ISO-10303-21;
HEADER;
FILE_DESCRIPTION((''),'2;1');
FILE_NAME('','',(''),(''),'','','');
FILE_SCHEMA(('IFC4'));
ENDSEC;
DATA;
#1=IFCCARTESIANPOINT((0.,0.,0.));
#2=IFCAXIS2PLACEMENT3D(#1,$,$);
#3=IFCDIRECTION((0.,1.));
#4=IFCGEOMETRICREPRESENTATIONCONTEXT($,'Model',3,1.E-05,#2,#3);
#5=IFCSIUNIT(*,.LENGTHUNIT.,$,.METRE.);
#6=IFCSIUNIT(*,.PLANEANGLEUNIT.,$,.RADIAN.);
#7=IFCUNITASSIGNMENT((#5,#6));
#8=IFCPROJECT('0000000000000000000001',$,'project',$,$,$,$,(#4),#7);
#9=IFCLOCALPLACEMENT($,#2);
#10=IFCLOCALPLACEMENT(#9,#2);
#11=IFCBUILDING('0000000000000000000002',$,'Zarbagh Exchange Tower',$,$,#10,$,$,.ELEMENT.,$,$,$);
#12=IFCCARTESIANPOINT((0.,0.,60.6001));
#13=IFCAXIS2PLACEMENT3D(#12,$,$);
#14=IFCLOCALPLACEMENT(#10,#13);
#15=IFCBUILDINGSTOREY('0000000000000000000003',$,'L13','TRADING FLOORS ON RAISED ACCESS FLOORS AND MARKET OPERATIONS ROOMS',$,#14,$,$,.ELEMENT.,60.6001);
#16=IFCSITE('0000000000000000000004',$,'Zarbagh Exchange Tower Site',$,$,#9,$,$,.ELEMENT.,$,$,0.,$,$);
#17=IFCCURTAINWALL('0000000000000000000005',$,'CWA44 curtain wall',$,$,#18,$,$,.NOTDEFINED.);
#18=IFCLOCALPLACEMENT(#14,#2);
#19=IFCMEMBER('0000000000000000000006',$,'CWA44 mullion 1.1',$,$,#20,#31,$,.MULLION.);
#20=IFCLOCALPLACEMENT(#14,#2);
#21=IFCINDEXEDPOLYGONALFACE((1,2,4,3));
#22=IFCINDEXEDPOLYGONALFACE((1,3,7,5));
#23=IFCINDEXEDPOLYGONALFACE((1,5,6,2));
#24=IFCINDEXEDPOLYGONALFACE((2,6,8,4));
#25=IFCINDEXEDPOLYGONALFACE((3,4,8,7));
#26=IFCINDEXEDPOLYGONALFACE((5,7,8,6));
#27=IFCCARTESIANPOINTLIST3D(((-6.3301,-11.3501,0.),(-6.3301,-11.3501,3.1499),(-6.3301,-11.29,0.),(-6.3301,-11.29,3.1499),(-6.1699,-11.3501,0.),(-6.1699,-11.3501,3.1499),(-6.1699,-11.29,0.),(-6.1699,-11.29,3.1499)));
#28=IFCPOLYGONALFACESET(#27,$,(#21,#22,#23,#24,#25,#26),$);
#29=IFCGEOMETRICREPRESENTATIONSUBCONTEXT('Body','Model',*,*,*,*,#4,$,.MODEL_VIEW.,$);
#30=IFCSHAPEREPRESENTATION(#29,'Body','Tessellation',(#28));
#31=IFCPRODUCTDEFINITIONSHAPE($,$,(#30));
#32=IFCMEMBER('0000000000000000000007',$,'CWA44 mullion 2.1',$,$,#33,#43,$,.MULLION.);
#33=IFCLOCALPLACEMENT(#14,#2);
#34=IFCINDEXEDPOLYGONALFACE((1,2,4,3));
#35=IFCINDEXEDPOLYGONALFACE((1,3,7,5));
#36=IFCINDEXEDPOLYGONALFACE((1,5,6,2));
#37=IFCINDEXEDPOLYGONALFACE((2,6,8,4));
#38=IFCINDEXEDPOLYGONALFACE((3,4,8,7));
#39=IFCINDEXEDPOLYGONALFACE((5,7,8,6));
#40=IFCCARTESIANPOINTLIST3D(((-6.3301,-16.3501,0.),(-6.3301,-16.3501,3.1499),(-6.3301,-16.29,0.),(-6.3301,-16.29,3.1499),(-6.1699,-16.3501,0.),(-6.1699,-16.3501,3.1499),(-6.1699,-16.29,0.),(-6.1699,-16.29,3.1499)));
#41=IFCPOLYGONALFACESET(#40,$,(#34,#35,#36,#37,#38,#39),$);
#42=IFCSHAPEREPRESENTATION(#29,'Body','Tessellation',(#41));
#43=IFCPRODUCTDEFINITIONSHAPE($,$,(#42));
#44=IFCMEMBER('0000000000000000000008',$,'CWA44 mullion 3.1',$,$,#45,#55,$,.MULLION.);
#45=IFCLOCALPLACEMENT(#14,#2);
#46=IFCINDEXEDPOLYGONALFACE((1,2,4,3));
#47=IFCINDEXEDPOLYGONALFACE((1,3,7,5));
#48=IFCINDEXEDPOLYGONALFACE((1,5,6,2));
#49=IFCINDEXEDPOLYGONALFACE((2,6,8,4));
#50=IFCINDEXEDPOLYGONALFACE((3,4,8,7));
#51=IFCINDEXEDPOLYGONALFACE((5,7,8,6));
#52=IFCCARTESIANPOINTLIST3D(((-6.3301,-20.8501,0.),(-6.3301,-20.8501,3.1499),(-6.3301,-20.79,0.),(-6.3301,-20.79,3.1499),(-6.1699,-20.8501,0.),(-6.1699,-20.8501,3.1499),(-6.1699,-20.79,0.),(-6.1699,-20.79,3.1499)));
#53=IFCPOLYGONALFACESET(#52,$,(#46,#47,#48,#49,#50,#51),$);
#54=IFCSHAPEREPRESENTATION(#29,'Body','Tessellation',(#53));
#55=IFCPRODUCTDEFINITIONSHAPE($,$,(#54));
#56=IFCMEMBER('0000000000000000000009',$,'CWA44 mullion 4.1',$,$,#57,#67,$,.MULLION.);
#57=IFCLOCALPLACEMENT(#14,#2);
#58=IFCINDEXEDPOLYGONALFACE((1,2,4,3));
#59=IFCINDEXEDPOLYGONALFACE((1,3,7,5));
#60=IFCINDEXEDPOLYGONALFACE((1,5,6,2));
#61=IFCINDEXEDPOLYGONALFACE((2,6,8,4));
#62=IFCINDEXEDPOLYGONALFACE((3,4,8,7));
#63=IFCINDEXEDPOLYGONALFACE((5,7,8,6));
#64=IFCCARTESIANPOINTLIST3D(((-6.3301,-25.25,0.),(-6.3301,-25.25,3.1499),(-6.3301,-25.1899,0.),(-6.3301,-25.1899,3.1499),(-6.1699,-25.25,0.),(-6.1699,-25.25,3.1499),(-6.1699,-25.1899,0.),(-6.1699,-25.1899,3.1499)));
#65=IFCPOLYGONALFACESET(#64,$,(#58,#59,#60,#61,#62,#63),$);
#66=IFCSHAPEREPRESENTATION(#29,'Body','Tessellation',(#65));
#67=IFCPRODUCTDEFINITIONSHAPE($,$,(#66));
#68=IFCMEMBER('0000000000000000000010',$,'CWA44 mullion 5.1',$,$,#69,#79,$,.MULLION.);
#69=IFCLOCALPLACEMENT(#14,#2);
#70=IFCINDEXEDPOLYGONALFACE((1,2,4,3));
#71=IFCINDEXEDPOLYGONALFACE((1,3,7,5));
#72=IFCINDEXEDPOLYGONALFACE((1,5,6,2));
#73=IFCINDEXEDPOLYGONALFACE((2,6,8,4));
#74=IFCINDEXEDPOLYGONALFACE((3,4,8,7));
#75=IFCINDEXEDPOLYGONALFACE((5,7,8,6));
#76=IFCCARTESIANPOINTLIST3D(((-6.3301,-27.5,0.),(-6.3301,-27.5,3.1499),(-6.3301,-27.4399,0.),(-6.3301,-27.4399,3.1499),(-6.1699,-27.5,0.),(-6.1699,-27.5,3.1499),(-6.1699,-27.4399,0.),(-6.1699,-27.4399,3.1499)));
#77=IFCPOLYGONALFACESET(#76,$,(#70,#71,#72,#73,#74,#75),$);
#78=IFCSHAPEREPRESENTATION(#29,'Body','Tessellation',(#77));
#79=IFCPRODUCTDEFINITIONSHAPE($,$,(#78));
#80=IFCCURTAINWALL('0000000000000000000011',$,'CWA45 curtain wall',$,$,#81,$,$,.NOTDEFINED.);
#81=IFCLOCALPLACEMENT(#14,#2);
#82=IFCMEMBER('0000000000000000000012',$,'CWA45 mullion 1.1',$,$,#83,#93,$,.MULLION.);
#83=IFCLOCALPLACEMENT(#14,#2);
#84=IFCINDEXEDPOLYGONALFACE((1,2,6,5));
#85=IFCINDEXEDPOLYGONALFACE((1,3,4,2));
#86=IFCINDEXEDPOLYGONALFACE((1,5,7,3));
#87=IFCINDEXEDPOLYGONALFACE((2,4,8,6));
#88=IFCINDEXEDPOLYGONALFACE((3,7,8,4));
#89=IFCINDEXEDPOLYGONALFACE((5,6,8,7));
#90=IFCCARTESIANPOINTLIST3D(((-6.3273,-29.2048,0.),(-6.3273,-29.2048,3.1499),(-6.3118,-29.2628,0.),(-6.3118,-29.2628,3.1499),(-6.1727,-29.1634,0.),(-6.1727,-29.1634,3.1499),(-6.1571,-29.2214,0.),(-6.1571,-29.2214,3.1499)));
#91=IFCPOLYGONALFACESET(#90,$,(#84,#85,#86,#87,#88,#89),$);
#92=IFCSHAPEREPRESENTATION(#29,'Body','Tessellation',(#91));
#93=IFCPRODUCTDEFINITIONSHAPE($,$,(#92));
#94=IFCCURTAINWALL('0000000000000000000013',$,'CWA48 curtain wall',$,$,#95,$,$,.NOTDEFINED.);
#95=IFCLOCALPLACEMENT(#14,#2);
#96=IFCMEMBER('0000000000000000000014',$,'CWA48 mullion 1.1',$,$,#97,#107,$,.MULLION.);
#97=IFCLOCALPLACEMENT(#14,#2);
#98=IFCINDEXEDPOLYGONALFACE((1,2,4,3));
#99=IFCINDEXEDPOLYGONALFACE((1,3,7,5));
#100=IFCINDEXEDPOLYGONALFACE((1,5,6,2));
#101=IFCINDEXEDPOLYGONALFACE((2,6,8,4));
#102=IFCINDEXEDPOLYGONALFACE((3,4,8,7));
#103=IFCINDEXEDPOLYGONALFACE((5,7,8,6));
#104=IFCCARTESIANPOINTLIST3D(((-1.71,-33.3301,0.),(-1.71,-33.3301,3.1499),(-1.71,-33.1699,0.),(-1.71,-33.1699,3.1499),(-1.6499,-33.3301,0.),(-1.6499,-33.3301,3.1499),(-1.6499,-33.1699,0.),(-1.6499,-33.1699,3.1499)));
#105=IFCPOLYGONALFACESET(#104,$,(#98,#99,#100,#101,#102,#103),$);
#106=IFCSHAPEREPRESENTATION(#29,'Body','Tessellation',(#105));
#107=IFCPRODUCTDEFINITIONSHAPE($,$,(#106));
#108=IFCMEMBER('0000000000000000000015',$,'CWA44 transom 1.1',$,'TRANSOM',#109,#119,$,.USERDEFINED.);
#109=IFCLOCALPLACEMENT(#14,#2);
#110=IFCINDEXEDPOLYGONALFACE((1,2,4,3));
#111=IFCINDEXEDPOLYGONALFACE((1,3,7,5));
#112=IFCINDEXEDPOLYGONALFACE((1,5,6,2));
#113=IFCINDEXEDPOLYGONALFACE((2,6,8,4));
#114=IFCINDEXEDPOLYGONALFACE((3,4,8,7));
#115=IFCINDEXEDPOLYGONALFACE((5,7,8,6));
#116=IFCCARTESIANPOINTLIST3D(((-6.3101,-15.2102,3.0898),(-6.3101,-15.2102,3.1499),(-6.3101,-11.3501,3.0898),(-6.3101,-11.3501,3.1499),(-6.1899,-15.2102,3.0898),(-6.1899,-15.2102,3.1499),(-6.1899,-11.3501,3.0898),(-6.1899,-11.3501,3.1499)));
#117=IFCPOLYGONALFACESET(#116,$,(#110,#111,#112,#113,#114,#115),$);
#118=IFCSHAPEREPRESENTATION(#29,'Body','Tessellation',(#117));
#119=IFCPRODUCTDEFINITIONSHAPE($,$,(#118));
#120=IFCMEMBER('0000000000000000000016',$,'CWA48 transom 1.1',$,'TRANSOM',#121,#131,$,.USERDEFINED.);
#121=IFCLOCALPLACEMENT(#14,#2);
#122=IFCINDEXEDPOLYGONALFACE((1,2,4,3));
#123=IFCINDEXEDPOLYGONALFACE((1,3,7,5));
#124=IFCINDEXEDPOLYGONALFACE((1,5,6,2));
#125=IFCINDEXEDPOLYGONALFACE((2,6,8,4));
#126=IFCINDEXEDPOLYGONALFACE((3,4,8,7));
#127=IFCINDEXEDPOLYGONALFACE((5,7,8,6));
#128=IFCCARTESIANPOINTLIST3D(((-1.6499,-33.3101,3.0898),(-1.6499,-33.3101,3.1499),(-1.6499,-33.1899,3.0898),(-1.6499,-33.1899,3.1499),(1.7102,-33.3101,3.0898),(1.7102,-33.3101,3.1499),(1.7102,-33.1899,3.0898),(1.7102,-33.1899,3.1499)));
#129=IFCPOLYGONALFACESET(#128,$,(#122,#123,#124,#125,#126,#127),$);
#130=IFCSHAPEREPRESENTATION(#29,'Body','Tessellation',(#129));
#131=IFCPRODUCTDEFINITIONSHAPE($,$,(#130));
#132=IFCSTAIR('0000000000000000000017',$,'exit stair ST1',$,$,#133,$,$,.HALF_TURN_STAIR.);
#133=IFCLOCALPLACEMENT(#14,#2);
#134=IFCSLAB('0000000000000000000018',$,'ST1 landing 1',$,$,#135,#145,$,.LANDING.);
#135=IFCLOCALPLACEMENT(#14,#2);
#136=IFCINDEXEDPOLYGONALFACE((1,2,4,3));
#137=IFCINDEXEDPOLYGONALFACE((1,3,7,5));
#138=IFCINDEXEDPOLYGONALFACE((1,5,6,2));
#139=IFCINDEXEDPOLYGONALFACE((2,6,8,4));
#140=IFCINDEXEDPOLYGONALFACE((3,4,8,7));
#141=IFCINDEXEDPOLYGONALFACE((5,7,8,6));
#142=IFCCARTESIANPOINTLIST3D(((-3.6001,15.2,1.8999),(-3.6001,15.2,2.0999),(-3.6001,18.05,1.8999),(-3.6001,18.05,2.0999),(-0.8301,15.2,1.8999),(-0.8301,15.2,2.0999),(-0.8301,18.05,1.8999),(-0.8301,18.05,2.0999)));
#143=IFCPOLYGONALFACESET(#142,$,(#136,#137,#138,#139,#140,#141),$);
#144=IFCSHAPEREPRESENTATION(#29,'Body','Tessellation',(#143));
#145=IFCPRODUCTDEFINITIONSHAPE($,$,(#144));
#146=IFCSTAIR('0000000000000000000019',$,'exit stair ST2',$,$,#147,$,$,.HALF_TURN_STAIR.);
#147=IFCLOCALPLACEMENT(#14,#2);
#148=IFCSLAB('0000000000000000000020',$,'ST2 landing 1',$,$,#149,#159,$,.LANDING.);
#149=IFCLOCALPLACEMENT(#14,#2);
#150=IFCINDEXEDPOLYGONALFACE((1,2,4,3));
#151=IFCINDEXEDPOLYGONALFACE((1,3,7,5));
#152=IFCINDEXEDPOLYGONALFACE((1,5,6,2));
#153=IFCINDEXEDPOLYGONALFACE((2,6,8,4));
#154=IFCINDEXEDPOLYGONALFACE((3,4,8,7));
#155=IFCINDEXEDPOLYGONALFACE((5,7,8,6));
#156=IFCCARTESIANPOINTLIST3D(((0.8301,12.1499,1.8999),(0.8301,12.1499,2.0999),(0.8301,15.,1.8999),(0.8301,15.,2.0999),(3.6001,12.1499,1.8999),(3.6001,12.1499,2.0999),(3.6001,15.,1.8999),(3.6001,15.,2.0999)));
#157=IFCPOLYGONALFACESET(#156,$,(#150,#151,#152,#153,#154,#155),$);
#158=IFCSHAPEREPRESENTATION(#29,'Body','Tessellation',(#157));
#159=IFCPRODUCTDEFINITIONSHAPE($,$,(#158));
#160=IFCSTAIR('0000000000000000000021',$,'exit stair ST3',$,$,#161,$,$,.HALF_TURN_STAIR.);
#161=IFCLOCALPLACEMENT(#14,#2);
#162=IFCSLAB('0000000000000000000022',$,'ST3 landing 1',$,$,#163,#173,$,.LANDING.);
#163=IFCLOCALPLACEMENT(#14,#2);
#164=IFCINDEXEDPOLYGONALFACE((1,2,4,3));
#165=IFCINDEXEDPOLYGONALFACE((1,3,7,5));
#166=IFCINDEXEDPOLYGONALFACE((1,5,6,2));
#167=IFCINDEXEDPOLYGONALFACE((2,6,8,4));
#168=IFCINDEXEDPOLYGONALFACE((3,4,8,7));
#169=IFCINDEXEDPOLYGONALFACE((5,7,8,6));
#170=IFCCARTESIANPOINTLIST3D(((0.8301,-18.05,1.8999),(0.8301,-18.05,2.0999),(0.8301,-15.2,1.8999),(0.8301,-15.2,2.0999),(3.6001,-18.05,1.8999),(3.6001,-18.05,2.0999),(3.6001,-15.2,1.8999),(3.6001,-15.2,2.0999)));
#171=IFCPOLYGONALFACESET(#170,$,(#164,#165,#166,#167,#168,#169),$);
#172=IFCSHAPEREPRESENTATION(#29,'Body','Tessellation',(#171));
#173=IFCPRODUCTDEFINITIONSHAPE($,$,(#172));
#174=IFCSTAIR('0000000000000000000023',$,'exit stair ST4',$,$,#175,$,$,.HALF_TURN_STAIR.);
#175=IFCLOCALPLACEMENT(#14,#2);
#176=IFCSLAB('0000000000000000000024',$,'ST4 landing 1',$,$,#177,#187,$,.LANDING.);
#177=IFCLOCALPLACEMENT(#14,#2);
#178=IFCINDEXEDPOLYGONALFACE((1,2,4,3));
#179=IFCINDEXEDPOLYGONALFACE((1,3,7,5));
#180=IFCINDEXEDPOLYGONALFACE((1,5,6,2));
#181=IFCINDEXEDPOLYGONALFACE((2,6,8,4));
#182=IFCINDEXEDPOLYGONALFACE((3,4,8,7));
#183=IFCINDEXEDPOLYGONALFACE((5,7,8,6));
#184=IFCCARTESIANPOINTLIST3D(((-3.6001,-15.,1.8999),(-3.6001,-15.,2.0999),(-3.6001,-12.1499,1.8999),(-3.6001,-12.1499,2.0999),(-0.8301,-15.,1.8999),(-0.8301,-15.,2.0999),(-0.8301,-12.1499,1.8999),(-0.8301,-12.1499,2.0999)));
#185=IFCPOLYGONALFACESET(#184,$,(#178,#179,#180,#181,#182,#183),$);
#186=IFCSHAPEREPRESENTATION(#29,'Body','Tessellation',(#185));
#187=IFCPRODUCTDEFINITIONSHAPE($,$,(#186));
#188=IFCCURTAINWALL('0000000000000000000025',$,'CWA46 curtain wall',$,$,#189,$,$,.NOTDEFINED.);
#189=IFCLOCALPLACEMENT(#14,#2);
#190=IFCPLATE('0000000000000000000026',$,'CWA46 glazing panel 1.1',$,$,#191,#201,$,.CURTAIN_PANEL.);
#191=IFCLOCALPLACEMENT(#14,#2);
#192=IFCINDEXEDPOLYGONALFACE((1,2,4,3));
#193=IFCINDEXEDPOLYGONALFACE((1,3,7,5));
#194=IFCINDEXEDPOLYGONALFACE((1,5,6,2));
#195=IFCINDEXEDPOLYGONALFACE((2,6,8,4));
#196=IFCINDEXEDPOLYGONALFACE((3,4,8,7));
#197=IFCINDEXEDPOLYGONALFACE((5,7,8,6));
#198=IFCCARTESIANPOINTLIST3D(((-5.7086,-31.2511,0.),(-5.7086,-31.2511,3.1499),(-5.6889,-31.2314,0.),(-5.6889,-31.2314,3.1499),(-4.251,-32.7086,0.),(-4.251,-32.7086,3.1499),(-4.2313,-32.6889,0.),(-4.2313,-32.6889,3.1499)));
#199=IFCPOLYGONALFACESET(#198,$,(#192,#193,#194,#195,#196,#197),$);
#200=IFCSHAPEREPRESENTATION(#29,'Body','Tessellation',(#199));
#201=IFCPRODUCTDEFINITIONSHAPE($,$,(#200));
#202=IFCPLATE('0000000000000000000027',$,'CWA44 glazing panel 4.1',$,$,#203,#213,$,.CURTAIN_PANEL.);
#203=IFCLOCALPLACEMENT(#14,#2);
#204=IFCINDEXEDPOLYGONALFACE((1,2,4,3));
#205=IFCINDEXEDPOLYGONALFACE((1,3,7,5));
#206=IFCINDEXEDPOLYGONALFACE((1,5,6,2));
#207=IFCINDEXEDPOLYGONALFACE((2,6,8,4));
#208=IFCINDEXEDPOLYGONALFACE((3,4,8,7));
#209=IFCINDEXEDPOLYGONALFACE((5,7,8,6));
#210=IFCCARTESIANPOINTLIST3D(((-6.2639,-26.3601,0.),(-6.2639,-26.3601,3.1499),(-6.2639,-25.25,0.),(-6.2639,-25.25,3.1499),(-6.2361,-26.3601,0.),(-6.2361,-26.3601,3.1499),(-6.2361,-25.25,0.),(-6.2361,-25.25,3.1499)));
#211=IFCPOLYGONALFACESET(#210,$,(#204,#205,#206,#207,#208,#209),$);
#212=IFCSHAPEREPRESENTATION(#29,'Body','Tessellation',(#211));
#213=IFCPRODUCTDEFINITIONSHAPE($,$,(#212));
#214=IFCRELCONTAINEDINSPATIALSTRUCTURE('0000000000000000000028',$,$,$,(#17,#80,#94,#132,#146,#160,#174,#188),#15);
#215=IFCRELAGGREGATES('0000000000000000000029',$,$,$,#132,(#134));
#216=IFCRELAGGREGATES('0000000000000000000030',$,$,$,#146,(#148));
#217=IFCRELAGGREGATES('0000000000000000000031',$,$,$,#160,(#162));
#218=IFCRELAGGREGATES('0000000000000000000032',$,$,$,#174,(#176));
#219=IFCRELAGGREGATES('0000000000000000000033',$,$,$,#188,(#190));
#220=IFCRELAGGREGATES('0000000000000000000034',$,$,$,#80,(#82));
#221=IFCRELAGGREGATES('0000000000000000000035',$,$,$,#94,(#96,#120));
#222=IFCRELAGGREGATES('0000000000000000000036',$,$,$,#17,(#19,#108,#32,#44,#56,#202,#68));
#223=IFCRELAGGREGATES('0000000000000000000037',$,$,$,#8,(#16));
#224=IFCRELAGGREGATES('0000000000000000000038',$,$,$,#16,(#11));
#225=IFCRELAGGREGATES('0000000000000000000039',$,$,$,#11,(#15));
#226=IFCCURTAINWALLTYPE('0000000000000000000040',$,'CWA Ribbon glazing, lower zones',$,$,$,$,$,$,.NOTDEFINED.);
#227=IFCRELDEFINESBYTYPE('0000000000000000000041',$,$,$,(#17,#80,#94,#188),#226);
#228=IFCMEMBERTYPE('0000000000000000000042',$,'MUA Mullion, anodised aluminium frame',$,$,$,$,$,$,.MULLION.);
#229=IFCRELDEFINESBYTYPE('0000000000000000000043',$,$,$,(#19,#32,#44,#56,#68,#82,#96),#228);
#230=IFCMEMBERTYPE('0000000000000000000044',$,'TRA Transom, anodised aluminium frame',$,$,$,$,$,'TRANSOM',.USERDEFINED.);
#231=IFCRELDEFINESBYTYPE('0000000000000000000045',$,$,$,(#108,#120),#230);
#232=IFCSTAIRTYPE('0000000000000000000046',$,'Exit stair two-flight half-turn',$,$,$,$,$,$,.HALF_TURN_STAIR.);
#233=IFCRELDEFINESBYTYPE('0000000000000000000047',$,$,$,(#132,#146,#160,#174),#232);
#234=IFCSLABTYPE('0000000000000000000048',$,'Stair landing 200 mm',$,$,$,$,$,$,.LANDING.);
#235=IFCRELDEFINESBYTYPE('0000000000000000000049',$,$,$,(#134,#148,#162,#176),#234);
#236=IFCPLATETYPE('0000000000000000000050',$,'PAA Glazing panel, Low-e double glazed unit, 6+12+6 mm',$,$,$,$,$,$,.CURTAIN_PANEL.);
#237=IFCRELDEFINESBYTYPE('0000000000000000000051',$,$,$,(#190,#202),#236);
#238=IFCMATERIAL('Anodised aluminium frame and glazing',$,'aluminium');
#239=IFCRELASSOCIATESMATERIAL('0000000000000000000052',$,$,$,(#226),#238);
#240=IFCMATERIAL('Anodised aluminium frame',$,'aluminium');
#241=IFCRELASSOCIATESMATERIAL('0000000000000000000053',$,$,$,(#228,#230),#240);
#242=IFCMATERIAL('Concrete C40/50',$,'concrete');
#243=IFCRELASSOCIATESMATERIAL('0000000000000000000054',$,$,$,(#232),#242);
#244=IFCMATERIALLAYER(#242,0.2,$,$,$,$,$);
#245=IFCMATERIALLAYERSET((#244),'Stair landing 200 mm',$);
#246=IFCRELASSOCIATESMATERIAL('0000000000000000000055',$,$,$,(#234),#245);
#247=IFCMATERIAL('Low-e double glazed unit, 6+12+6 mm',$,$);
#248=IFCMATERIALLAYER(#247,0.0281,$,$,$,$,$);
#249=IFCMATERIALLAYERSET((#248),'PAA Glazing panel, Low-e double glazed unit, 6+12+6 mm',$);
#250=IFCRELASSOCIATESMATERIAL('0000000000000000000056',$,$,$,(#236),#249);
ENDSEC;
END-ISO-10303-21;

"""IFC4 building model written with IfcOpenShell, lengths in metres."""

from ifc_helpers import new_model, si_unit, direction, frame, origin, place, context, subcontext, project, spatial, polyline, outline, extrude, source, transform, mapped, material, layer, layer_set, type_object, element, aggregate, save


model = new_model("IFC4")

# Units and contexts
model_context = context("Model", 3, precision=1e-05, world=origin(), true_north=direction((0.0, 1.0)))
body_context = subcontext(model_context, "Body", "Model", "MODEL_VIEW")
ifc_project = project(units=[si_unit("LENGTHUNIT", "METRE"), si_unit("PLANEANGLEUNIT", "RADIAN")], contexts=[model_context])

# Site, building, storey
site_placement = place(None, origin())
site = spatial("IfcSite", under=ifc_project, at=site_placement, Name="Zarbagh Exchange Tower Site", CompositionType="ELEMENT", RefElevation=0.0)
building_placement = place(site_placement, origin())
building = spatial("IfcBuilding", under=site, at=building_placement, Name="Zarbagh Exchange Tower", CompositionType="ELEMENT")
storey_placement = place(building_placement, frame((0.0, 0.0, 60.6001)))
storey = spatial("IfcBuildingStorey", under=building, at=storey_placement, Name="L13", Description="TRADING FLOORS ON RAISED ACCESS FLOORS AND MARKET OPERATIONS ROOMS", CompositionType="ELEMENT", Elevation=60.6001)

# Curtain wall, members
ifc_material_1 = material(Name="Anodised aluminium frame and glazing", Category="aluminium")
curtain_wall_type = type_object("IfcCurtainWallType", Name="CWA Ribbon glazing, lower zones", PredefinedType="NOTDEFINED", material=ifc_material_1)
curtain_wall_1_placement = place(storey_placement, origin())
curtain_wall_1 = element("IfcCurtainWall", 1, at=curtain_wall_1_placement, inside=storey, type_object=curtain_wall_type, Name="CWA44 curtain wall", PredefinedType="NOTDEFINED")
ifc_material_2 = material(Name="Anodised aluminium frame", Category="aluminium")
member_type_1 = type_object("IfcMemberType", Name="MUA Mullion, anodised aluminium frame", PredefinedType="MULLION", material=ifc_material_2)
shared_shape_1 = source(origin(), body_context, "Body", "SweptSolid", [
    extrude(outline(polyline([(0.0, -0.0801), (0.0601, -0.0801), (0.0601, 0.0801), (0.0, 0.0801), (0.0, -0.0801)])), origin(), (0.0, 0.0, 1.0), 3.1499),
])
placement = place(storey_placement, origin())
member_1 = element("IfcMember", 2, at=placement, type_object=member_type_1, Name="CWA44 mullion 1.1", PredefinedType="MULLION", context=body_context, shape_type="MappedRepresentation", body=[
    mapped(shared_shape_1, transform((-6.25, -11.29, 0.0), x_axis=(0.0, -1.0, 0.0), y_axis=(1.0, 0.0, 0.0), z_axis=(0.0, 0.0, 1.0))),
])
member_2 = element("IfcMember", 3, at=placement, type_object=member_type_1, Name="CWA44 mullion 2.1", PredefinedType="MULLION", context=body_context, shape_type="MappedRepresentation", body=[
    mapped(shared_shape_1, transform((-6.25, -16.29, 0.0), x_axis=(0.0, -1.0, 0.0), y_axis=(1.0, 0.0, 0.0), z_axis=(0.0, 0.0, 1.0))),
])
member_3 = element("IfcMember", 4, at=placement, type_object=member_type_1, Name="CWA44 mullion 3.1", PredefinedType="MULLION", context=body_context, shape_type="MappedRepresentation", body=[
    mapped(shared_shape_1, transform((-6.25, -20.79, 0.0), x_axis=(0.0, -1.0, 0.0), y_axis=(1.0, 0.0, 0.0), z_axis=(0.0, 0.0, 1.0))),
])
member_4 = element("IfcMember", 5, at=placement, type_object=member_type_1, Name="CWA44 mullion 4.1", PredefinedType="MULLION", context=body_context, shape_type="MappedRepresentation", body=[
    mapped(shared_shape_1, transform((-6.25, -25.1899, 0.0), x_axis=(0.0, -1.0, 0.0), y_axis=(1.0, 0.0, 0.0), z_axis=(0.0, 0.0, 1.0))),
])
member_5 = element("IfcMember", 6, at=placement, type_object=member_type_1, Name="CWA44 mullion 5.1", PredefinedType="MULLION", context=body_context, shape_type="MappedRepresentation", body=[
    mapped(shared_shape_1, transform((-6.25, -27.4399, 0.0), x_axis=(0.0, -1.0, 0.0), y_axis=(1.0, 0.0, 0.0), z_axis=(0.0, 0.0, 1.0))),
])

# Curtain walls, members
curtain_wall_2_placement = place(storey_placement, origin())
curtain_wall_2 = element("IfcCurtainWall", 7, at=curtain_wall_2_placement, inside=storey, type_object=curtain_wall_type, Name="CWA45 curtain wall", PredefinedType="NOTDEFINED")
member_6 = element("IfcMember", 8, at=placement, type_object=member_type_1, Name="CWA45 mullion 1.1", PredefinedType="MULLION", context=body_context, shape_type="MappedRepresentation", body=[
    mapped(shared_shape_1, transform((-6.25, -29.1841, 0.0), x_axis=(0.258825, -0.965924, 0.0), y_axis=(0.965924, 0.258825, 0.0), z_axis=(0.0, 0.0, 1.0))),
])
curtain_wall_3_placement = place(storey_placement, origin())
curtain_wall_3 = element("IfcCurtainWall", 9, at=curtain_wall_3_placement, inside=storey, type_object=curtain_wall_type, Name="CWA48 curtain wall", PredefinedType="NOTDEFINED")
member_7 = element("IfcMember", 10, at=placement, type_object=member_type_1, Name="CWA48 mullion 1.1", PredefinedType="MULLION", context=body_context, shape_type="MappedRepresentation", body=[
    mapped(shared_shape_1, transform((-1.71, -33.25, 0.0), x_axis=(1.0, 0.0, 0.0), y_axis=(0.0, 1.0, 0.0), z_axis=(0.0, 0.0, 1.0))),
])

# Members
member_type_2 = type_object("IfcMemberType", Name="TRA Transom, anodised aluminium frame", ElementType="TRANSOM", PredefinedType="USERDEFINED", material=ifc_material_2)
shared_shape_2 = source(origin(), body_context, "Body", "SweptSolid", [
    extrude(outline(polyline([(-0.0601, -0.0601), (0.0, -0.0601), (0.0, 0.0601), (-0.0601, 0.0601), (-0.0601, -0.0601)])), origin(), (0.0, 0.0, 1.0), 3.8601),
])
member_8 = element("IfcMember", 11, at=placement, type_object=member_type_2, Name="CWA44 transom 1.1", ObjectType="TRANSOM", PredefinedType="USERDEFINED", context=body_context, shape_type="MappedRepresentation", body=[
    mapped(shared_shape_2, transform((-6.25, -11.3501, 3.1499), x_axis=(0.0, 0.0, 1.0), y_axis=(-1.0, 0.0, 0.0), z_axis=(0.0, -1.0, 0.0))),
])
shared_shape_3 = source(origin(), body_context, "Body", "SweptSolid", [
    extrude(outline(polyline([(-0.0601, -0.0601), (0.0, -0.0601), (0.0, 0.0601), (-0.0601, 0.0601), (-0.0601, -0.0601)])), origin(), (0.0, 0.0, 1.0), 3.3601),
])
member_9 = element("IfcMember", 12, at=placement, type_object=member_type_2, Name="CWA48 transom 1.1", ObjectType="TRANSOM", PredefinedType="USERDEFINED", context=body_context, shape_type="MappedRepresentation", body=[
    mapped(shared_shape_3, transform((-1.6499, -33.25, 3.1499), x_axis=(0.0, 0.0, 1.0), y_axis=(0.0, -1.0, 0.0), z_axis=(1.0, 0.0, 0.0))),
])

# Stairs, slabs
ifc_material_3 = material(Name="Concrete C40/50", Category="concrete")
stair_type = type_object("IfcStairType", Name="Exit stair two-flight half-turn", PredefinedType="HALF_TURN_STAIR", material=ifc_material_3)
stair_1_placement = place(storey_placement, origin())
stair_1 = element("IfcStair", 13, at=stair_1_placement, inside=storey, type_object=stair_type, Name="exit stair ST1", PredefinedType="HALF_TURN_STAIR")
ifc_layer_1 = layer(ifc_material_3, 0.2)
ifc_layer_set_1 = layer_set([ifc_layer_1], Name="Stair landing 200 mm")
slab_type = type_object("IfcSlabType", Name="Stair landing 200 mm", PredefinedType="LANDING", material=ifc_layer_set_1)
slab_1_placement = place(storey_placement, frame((0.0, 0.0, 1.8999)))
slab_1 = element("IfcSlab", 14, at=slab_1_placement, type_object=slab_type, Name="ST1 landing 1", PredefinedType="LANDING", context=body_context, shape_type="SweptSolid", body=[
    extrude(outline(polyline([(-0.8301, 18.05), (-3.6001, 18.05), (-3.6001, 15.2), (-0.8301, 15.2), (-0.8301, 18.05)])), origin(), (0.0, 0.0, 1.0), 0.2),
])
aggregate(stair_1, [slab_1])
stair_2_placement = place(storey_placement, origin())
stair_2 = element("IfcStair", 15, at=stair_2_placement, inside=storey, type_object=stair_type, Name="exit stair ST2", PredefinedType="HALF_TURN_STAIR")
slab_2_placement = place(storey_placement, frame((0.0, 0.0, 1.8999)))
slab_2 = element("IfcSlab", 16, at=slab_2_placement, type_object=slab_type, Name="ST2 landing 1", PredefinedType="LANDING", context=body_context, shape_type="SweptSolid", body=[
    extrude(outline(polyline([(0.8301, 12.1499), (3.6001, 12.1499), (3.6001, 15.0), (0.8301, 15.0), (0.8301, 12.1499)])), origin(), (0.0, 0.0, 1.0), 0.2),
])
aggregate(stair_2, [slab_2])
stair_3_placement = place(storey_placement, origin())
stair_3 = element("IfcStair", 17, at=stair_3_placement, inside=storey, type_object=stair_type, Name="exit stair ST3", PredefinedType="HALF_TURN_STAIR")
slab_3_placement = place(storey_placement, frame((0.0, 0.0, 1.8999)))
slab_3 = element("IfcSlab", 18, at=slab_3_placement, type_object=slab_type, Name="ST3 landing 1", PredefinedType="LANDING", context=body_context, shape_type="SweptSolid", body=[
    extrude(outline(polyline([(0.8301, -18.05), (3.6001, -18.05), (3.6001, -15.2), (0.8301, -15.2), (0.8301, -18.05)])), origin(), (0.0, 0.0, 1.0), 0.2),
])
aggregate(stair_3, [slab_3])
stair_4_placement = place(storey_placement, origin())
stair_4 = element("IfcStair", 19, at=stair_4_placement, inside=storey, type_object=stair_type, Name="exit stair ST4", PredefinedType="HALF_TURN_STAIR")
slab_4_placement = place(storey_placement, frame((0.0, 0.0, 1.8999)))
slab_4 = element("IfcSlab", 20, at=slab_4_placement, type_object=slab_type, Name="ST4 landing 1", PredefinedType="LANDING", context=body_context, shape_type="SweptSolid", body=[
    extrude(outline(polyline([(-0.8301, -12.1499), (-3.6001, -12.1499), (-3.6001, -15.0), (-0.8301, -15.0), (-0.8301, -12.1499)])), origin(), (0.0, 0.0, 1.0), 0.2),
])
aggregate(stair_4, [slab_4])

# Curtain wall, plate
curtain_wall_4_placement = place(storey_placement, origin())
curtain_wall_4 = element("IfcCurtainWall", 21, at=curtain_wall_4_placement, inside=storey, type_object=curtain_wall_type, Name="CWA46 curtain wall", PredefinedType="NOTDEFINED")
ifc_material_4 = material(Name="Low-e double glazed unit, 6+12+6 mm")
ifc_layer_2 = layer(ifc_material_4, 0.0281)
ifc_layer_set_2 = layer_set([ifc_layer_2], Name="PAA Glazing panel, Low-e double glazed unit, 6+12+6 mm")
plate_type = type_object("IfcPlateType", Name="PAA Glazing panel, Low-e double glazed unit, 6+12+6 mm", PredefinedType="CURTAIN_PANEL", material=ifc_layer_set_2)
shared_shape_4 = source(origin(), body_context, "Body", "SweptSolid", [
    extrude(outline(polyline([(0.0, -0.0139), (2.0613, -0.0139), (2.0613, 0.0139), (0.0, 0.0139), (0.0, -0.0139)])), origin(), (0.0, 0.0, 1.0), 3.1499),
])
plate_1 = element("IfcPlate", 22, at=placement, type_object=plate_type, Name="CWA46 glazing panel 1.1", PredefinedType="CURTAIN_PANEL", context=body_context, shape_type="MappedRepresentation", body=[
    mapped(shared_shape_4, transform((-5.6987, -31.2412, 0.0), x_axis=(0.707107, -0.707107, 0.0), y_axis=(0.707107, 0.707107, 0.0), z_axis=(0.0, 0.0, 1.0))),
])
aggregate(curtain_wall_4, [plate_1])

# Plate
shared_shape_5 = source(origin(), body_context, "Body", "SweptSolid", [
    extrude(outline(polyline([(0.0, -0.0139), (1.1101, -0.0139), (1.1101, 0.0139), (0.0, 0.0139), (0.0, -0.0139)])), origin(), (0.0, 0.0, 1.0), 3.1499),
])
plate_2 = element("IfcPlate", 23, at=placement, type_object=plate_type, Name="CWA44 glazing panel 4.1", PredefinedType="CURTAIN_PANEL", context=body_context, shape_type="MappedRepresentation", body=[
    mapped(shared_shape_5, transform((-6.25, -25.25, 0.0), x_axis=(0.0, -1.0, 0.0), y_axis=(1.0, 0.0, 0.0), z_axis=(0.0, 0.0, 1.0))),
])
aggregate(curtain_wall_2, [member_6])

aggregate(curtain_wall_3, [member_7, member_9])
aggregate(curtain_wall_1, [member_1, member_8, member_2, member_3, member_4, plate_2, member_5])

save(model, "model.ifc")
